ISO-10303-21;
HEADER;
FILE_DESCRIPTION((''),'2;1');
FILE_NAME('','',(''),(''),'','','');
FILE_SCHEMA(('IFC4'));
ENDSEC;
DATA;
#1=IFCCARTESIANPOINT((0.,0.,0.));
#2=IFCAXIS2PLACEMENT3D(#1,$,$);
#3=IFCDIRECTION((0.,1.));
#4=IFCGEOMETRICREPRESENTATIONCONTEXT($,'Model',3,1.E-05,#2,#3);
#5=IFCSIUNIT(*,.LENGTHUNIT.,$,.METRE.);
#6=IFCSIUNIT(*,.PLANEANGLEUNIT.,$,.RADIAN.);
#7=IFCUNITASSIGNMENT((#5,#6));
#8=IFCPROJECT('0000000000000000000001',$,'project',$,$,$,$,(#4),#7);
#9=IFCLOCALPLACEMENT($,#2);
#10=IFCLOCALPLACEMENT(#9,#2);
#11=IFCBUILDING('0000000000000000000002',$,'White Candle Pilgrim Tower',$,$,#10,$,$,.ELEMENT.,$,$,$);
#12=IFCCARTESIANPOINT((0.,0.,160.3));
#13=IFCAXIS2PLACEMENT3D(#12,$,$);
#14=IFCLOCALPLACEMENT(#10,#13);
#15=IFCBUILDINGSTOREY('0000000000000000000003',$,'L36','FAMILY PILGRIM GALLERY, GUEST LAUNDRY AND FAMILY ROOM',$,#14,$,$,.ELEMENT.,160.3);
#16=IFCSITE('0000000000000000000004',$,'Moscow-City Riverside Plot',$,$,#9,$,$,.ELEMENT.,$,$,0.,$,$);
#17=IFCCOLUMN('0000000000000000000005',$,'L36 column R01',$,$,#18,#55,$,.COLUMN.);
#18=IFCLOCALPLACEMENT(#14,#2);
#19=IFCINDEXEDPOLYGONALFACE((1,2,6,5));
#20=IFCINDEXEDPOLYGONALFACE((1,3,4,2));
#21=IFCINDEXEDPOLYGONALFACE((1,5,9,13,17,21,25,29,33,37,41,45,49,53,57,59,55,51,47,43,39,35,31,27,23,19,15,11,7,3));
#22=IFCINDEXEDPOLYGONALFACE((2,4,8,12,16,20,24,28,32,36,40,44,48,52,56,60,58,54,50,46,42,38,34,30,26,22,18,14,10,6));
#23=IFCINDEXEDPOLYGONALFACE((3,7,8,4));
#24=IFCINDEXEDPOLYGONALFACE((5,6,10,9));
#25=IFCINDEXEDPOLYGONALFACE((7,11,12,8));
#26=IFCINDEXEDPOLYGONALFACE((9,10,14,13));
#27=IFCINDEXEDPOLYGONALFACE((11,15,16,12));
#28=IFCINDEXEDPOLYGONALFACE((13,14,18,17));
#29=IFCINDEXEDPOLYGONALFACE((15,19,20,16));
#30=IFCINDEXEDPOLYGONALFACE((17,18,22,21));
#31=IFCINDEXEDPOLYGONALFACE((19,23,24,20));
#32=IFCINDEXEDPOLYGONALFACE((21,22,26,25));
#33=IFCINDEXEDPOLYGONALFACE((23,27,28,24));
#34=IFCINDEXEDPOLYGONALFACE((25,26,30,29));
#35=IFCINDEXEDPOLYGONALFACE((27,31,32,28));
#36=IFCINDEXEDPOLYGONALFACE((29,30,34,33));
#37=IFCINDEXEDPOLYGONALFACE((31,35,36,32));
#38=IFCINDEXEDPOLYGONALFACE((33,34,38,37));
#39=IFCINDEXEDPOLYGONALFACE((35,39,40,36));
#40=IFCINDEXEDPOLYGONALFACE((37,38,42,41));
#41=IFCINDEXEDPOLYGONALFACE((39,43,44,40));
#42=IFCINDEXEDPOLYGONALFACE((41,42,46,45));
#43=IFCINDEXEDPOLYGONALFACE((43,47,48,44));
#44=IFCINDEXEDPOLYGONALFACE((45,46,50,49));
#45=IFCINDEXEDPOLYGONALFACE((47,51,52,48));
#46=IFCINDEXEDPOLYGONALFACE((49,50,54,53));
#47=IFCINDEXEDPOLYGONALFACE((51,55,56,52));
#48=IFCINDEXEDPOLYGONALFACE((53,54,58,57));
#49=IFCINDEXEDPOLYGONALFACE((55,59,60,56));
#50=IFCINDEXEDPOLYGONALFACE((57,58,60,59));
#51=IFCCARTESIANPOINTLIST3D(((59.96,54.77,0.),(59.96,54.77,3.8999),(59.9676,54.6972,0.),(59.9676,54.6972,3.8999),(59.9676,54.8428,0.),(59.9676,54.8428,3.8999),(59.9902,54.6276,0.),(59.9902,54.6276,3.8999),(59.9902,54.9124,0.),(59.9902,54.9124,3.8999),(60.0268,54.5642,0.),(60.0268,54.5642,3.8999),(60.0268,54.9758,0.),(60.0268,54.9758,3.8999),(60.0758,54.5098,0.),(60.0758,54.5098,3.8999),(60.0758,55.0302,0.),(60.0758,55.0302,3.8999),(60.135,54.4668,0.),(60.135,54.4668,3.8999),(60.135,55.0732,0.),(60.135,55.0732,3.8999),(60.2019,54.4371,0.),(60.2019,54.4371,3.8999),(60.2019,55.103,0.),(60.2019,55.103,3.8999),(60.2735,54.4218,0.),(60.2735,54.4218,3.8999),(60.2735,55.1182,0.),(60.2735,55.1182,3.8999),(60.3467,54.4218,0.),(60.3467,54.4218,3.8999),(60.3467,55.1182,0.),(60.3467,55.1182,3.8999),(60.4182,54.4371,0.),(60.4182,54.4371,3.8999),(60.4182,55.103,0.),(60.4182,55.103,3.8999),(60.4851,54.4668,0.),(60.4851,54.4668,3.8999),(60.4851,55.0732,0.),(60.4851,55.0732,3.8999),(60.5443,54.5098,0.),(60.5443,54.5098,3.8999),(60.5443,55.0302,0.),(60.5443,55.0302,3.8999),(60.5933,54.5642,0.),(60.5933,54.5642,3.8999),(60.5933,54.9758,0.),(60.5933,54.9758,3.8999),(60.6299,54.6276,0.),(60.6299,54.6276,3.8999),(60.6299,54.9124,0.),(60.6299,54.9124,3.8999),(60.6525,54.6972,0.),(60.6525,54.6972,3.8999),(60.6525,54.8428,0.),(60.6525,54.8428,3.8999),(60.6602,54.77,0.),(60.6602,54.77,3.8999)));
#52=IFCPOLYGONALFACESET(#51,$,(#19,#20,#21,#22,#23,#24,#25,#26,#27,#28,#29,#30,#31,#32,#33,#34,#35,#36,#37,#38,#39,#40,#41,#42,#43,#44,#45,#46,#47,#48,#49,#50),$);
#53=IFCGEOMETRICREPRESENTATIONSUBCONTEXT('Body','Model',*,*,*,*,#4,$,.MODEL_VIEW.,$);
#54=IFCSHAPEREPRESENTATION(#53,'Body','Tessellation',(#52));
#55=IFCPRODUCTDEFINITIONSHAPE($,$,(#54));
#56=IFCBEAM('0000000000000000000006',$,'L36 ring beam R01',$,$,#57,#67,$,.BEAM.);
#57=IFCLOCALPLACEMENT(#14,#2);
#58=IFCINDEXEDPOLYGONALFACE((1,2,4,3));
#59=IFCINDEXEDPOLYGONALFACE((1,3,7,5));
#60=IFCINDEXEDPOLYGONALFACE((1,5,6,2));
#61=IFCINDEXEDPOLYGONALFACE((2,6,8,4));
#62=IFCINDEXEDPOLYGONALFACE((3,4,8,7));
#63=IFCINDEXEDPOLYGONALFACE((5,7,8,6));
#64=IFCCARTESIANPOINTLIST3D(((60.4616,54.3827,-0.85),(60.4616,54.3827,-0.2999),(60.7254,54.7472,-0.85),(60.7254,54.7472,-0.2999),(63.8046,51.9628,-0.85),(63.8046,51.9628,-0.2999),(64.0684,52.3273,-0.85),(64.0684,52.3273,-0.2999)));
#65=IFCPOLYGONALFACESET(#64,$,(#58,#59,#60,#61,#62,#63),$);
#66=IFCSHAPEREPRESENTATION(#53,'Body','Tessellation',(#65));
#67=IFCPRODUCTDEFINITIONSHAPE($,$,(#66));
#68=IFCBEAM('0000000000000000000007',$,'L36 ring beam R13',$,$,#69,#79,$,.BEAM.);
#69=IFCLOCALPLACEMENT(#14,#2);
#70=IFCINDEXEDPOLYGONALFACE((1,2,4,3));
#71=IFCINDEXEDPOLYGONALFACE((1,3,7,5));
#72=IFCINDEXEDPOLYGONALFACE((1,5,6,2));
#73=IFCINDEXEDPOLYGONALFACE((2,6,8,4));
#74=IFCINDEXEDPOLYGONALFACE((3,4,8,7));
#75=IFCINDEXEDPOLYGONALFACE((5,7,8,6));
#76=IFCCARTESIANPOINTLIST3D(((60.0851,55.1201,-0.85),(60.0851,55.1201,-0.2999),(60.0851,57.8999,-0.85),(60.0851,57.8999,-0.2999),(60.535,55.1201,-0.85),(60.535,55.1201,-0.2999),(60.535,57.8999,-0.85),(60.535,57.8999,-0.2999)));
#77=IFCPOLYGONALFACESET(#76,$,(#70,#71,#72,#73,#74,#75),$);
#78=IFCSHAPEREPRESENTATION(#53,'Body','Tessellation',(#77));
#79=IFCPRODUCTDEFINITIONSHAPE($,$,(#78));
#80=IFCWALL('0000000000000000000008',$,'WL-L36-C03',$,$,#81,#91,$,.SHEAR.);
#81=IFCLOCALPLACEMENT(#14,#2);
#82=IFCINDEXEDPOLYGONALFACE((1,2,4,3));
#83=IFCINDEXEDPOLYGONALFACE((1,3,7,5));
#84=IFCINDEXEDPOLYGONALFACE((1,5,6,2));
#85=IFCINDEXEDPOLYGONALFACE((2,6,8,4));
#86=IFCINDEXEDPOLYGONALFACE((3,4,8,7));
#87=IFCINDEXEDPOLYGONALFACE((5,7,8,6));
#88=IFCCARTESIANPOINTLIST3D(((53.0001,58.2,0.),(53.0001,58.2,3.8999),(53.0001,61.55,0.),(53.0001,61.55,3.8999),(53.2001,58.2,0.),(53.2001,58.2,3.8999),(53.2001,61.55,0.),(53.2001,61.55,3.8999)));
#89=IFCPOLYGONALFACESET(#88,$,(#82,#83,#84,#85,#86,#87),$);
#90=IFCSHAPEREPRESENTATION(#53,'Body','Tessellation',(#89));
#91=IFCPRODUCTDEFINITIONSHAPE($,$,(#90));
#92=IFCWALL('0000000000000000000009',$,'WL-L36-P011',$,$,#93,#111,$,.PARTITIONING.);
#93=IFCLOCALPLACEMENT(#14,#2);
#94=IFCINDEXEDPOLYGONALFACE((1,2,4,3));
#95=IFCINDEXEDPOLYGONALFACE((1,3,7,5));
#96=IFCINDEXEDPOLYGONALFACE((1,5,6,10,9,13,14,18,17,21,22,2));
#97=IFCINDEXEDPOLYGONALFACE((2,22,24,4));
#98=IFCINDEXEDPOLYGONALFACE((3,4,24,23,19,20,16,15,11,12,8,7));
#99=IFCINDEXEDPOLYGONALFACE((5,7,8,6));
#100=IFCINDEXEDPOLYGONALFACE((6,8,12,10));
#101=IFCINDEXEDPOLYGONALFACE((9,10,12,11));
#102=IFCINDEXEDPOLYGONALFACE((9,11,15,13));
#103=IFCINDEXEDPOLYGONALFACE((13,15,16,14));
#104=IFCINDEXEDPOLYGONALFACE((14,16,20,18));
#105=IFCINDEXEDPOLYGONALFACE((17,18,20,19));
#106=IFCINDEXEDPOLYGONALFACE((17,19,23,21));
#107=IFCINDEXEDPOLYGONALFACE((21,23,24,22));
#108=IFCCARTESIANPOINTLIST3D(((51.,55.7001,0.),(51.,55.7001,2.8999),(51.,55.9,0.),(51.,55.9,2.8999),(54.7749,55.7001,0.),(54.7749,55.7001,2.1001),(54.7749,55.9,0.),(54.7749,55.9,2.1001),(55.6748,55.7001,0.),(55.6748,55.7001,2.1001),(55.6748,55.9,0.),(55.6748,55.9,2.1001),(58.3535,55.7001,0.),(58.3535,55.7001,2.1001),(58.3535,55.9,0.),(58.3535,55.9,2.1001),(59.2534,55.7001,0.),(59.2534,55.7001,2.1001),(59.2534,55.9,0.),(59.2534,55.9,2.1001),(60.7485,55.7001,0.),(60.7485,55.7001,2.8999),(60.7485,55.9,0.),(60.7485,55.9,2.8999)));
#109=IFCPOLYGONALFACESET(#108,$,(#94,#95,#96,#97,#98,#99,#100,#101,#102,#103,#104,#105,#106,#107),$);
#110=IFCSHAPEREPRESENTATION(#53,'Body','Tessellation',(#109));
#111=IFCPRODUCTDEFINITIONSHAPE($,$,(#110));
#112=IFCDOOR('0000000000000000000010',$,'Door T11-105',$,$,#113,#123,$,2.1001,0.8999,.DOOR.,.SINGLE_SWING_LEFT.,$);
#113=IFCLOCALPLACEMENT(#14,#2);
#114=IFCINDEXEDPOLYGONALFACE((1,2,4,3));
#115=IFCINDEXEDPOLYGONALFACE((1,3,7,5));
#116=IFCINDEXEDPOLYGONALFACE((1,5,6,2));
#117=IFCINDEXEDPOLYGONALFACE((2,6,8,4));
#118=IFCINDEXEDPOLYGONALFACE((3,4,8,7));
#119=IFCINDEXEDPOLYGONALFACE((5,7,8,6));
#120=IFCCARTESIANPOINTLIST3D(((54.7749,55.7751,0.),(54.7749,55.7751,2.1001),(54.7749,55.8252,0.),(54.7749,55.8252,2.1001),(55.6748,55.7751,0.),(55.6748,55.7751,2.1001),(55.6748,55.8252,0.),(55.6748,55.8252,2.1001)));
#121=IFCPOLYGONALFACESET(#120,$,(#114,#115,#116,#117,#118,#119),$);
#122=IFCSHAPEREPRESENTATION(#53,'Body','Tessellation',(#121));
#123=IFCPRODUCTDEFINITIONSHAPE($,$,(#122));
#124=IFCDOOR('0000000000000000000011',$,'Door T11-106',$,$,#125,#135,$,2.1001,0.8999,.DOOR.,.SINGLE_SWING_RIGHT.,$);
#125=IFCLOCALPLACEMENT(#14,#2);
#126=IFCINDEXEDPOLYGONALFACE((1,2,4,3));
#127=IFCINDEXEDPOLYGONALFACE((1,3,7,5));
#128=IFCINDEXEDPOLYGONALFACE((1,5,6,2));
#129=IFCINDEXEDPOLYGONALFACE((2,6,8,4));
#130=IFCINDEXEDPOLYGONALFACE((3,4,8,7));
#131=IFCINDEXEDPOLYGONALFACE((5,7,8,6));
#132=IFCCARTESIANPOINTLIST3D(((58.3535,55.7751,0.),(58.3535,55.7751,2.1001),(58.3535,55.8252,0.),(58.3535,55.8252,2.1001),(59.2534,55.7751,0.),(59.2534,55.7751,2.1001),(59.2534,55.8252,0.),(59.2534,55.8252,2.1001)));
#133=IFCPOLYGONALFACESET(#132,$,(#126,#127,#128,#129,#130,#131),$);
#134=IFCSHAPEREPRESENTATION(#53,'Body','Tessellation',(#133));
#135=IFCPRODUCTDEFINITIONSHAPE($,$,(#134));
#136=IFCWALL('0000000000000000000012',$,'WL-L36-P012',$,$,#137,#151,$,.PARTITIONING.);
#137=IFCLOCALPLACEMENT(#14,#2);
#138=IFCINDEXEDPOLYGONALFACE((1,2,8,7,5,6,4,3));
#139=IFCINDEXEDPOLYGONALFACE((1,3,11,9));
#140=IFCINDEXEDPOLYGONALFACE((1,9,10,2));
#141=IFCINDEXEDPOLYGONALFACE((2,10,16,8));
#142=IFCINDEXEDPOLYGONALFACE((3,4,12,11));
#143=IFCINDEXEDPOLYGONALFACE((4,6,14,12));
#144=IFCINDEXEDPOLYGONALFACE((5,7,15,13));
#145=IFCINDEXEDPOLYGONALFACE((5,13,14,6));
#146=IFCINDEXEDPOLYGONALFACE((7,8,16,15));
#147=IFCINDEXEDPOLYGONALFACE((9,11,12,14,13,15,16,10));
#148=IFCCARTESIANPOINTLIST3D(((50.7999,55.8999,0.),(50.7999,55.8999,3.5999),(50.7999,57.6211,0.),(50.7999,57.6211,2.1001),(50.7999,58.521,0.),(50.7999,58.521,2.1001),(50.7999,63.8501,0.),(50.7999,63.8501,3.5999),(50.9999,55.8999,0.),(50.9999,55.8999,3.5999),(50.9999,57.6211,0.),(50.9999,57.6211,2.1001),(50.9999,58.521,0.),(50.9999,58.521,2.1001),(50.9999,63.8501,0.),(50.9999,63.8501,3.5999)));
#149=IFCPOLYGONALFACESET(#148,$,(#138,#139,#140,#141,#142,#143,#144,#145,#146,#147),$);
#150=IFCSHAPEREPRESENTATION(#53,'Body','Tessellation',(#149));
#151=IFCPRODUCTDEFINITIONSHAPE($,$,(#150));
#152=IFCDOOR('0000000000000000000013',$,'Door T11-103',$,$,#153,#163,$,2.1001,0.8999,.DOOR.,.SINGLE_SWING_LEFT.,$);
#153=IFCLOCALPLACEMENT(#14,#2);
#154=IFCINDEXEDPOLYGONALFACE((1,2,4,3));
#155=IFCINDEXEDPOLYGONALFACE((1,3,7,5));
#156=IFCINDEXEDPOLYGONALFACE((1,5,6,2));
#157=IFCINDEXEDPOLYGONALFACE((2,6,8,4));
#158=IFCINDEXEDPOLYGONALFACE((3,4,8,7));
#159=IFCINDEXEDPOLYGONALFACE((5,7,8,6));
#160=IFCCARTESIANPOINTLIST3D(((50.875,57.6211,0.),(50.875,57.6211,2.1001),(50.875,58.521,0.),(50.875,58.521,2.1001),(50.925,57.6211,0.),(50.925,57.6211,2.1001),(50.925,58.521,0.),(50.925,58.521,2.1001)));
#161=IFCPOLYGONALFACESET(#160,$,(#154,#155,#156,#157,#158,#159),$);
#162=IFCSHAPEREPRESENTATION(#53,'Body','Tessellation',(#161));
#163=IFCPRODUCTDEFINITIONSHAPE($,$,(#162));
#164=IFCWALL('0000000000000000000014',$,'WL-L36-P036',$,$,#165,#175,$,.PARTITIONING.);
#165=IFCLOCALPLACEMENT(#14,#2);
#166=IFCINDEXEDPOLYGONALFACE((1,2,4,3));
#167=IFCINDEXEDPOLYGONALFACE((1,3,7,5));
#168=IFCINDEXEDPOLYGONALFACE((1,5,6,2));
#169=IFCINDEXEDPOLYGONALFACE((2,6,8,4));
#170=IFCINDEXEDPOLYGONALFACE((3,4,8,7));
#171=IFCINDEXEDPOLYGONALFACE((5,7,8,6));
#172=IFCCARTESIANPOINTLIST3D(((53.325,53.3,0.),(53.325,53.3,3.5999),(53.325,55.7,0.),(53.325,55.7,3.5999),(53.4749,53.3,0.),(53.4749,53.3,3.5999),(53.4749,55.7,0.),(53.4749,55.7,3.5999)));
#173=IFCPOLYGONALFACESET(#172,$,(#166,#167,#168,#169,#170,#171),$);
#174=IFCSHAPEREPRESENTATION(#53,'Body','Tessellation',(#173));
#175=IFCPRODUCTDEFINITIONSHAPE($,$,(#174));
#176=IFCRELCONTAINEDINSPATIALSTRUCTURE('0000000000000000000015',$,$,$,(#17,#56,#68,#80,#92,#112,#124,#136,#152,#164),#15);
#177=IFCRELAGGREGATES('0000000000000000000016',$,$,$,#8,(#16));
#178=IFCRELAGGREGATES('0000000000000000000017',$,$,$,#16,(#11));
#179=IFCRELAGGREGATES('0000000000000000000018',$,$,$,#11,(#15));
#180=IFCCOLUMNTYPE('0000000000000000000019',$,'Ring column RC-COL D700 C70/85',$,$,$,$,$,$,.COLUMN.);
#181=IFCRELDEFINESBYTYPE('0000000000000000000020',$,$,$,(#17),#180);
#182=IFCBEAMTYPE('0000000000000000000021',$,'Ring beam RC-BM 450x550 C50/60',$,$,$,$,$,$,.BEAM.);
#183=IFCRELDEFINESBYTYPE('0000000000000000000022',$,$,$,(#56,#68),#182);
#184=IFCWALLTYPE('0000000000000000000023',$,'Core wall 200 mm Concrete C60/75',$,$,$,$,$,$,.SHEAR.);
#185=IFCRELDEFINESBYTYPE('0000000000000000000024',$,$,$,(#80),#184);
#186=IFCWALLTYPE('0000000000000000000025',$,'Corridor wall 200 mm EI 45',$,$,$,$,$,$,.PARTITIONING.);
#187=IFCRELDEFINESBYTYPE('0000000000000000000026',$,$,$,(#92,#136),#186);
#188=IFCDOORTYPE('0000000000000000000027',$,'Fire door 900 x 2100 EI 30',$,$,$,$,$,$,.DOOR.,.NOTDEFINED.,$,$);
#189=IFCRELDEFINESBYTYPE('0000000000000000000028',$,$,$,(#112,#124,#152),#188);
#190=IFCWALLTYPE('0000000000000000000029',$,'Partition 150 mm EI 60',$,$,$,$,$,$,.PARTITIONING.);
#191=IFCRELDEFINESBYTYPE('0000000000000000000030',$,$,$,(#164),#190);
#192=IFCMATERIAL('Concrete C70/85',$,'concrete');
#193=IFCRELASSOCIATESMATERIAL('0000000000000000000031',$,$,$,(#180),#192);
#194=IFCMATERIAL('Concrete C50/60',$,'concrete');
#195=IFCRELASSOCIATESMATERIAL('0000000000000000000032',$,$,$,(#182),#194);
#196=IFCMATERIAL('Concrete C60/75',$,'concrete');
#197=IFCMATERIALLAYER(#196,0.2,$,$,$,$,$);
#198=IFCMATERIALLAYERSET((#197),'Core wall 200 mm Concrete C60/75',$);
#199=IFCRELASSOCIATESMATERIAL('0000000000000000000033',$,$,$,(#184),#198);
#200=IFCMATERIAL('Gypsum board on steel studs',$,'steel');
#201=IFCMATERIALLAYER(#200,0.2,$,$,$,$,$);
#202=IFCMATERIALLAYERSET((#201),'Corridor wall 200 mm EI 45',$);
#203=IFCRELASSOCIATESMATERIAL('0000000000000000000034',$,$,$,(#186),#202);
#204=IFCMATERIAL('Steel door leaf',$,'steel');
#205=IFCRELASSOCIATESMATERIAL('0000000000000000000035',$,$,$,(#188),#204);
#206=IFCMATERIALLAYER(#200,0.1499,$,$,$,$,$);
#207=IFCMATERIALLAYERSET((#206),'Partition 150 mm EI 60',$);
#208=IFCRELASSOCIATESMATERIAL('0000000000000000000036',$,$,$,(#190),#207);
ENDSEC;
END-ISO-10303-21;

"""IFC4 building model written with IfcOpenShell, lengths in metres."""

from ifc_helpers import new_model, si_unit, direction, frame, frame_2d, origin, origin_2d, place, context, subcontext, project, spatial, rectangle, circle, extrude, material, layer, layer_set, material_profile, profile_set, type_object, element, fill, save


model = new_model("IFC4")

# Units and contexts
model_context = context("Model", 3, precision=1e-05, world=origin(), true_north=direction((0.0, 1.0)))
body_context = subcontext(model_context, "Body", "Model", "MODEL_VIEW")
ifc_project = project(units=[si_unit("LENGTHUNIT", "METRE"), si_unit("PLANEANGLEUNIT", "RADIAN")], contexts=[model_context])

# Site, building, storey
site_placement = place(None, origin())
site = spatial("IfcSite", under=ifc_project, at=site_placement, Name="Moscow-City Riverside Plot", CompositionType="ELEMENT", RefElevation=0.0)
building_placement = place(site_placement, origin())
building = spatial("IfcBuilding", under=site, at=building_placement, Name="White Candle Pilgrim Tower", CompositionType="ELEMENT")
storey_placement = place(building_placement, frame((0.0, 0.0, 160.3)))
storey = spatial("IfcBuildingStorey", under=building, at=storey_placement, Name="L36", Description="FAMILY PILGRIM GALLERY, GUEST LAUNDRY AND FAMILY ROOM", CompositionType="ELEMENT", Elevation=160.3)

# Column
ifc_material_1 = material(Name="Concrete C70/85", Category="concrete")
ifc_material_profile_1 = material_profile(ifc_material_1, circle(Radius=0.3501, at=origin_2d()), Name="RC-COL D700")
ifc_profile_set_1 = profile_set([ifc_material_profile_1], Name="Concrete C70/85")
column_type = type_object("IfcColumnType", Name="Ring column RC-COL D700 C70/85", PredefinedType="COLUMN", material=ifc_profile_set_1)
column_placement = place(storey_placement, frame((60.3101, 54.77, 0.0), z_axis=(0.0, 0.0, 1.0), x_axis=(1.0, 0.0, 0.0)))
element("IfcColumn", 1, at=column_placement, inside=storey, type_object=column_type, Name="L36 column R01", PredefinedType="COLUMN", context=body_context, shape_type="SweptSolid", body=[
    extrude(circle(Radius=0.3501, at=origin_2d()), origin(), (0.0, 0.0, 1.0), 3.8999),
])

# Beams
ifc_material_2 = material(Name="Concrete C50/60", Category="concrete")
ifc_material_profile_2 = material_profile(ifc_material_2, rectangle(XDim=0.45, YDim=0.55, at=origin_2d()), Name="RC-BM 450x550")
ifc_profile_set_2 = profile_set([ifc_material_profile_2], Name="Concrete C50/60")
beam_type = type_object("IfcBeamType", Name="Ring beam RC-BM 450x550 C50/60", PredefinedType="BEAM", material=ifc_profile_set_2)
beam_1_placement = place(storey_placement, frame((60.5935, 54.5649, -0.575), z_axis=(0.810044, -0.586369, 0.0), x_axis=(0.586369, 0.810044, 0.0)))
element("IfcBeam", 2, at=beam_1_placement, inside=storey, type_object=beam_type, Name="L36 ring beam R01", PredefinedType="BEAM", context=body_context, shape_type="SweptSolid", body=[
    extrude(rectangle(XDim=0.45, YDim=0.55, at=origin_2d()), origin(), (0.0, 0.0, 1.0), 4.127),
])
beam_2_placement = place(storey_placement, frame((60.3101, 55.1201, -0.575), z_axis=(0.0, 1.0, 0.0), x_axis=(-1.0, 0.0, 0.0)))
element("IfcBeam", 3, at=beam_2_placement, inside=storey, type_object=beam_type, Name="L36 ring beam R13", PredefinedType="BEAM", context=body_context, shape_type="SweptSolid", body=[
    extrude(rectangle(XDim=0.45, YDim=0.55, at=origin_2d()), origin(), (0.0, 0.0, 1.0), 2.7798),
])

# Wall
ifc_material_3 = material(Name="Concrete C60/75", Category="concrete")
ifc_layer_1 = layer(ifc_material_3, 0.2)
ifc_layer_set_1 = layer_set([ifc_layer_1], Name="Core wall 200 mm Concrete C60/75")
wall_type_1 = type_object("IfcWallType", Name="Core wall 200 mm Concrete C60/75", PredefinedType="SHEAR", material=ifc_layer_set_1)
wall_1_placement = place(storey_placement, frame((53.1001, 58.2, 0.0), z_axis=(0.0, 0.0, 1.0), x_axis=(0.0, 1.0, 0.0)))
element("IfcWall", 4, at=wall_1_placement, inside=storey, type_object=wall_type_1, Name="WL-L36-C03", PredefinedType="SHEAR", context=body_context, shape_type="SweptSolid", body=[
    extrude(rectangle(XDim=3.3501, YDim=0.2, at=frame_2d((1.675, 0.0))), origin(), (0.0, 0.0, 1.0), 3.8999),
])

# Wall, openings, doors
ifc_material_4 = material(Name="Gypsum board on steel studs", Category="steel")
ifc_layer_2 = layer(ifc_material_4, 0.2)
ifc_layer_set_2 = layer_set([ifc_layer_2], Name="Corridor wall 200 mm EI 45")
wall_type_2 = type_object("IfcWallType", Name="Corridor wall 200 mm EI 45", PredefinedType="PARTITIONING", material=ifc_layer_set_2)
wall_2_placement = place(storey_placement, frame((60.7485, 55.8, 0.0), z_axis=(0.0, 0.0, 1.0), x_axis=(-1.0, 0.0, 0.0)))
wall_2 = element("IfcWall", 5, at=wall_2_placement, inside=storey, type_object=wall_type_2, Name="WL-L36-P011", PredefinedType="PARTITIONING", context=body_context, shape_type="SweptSolid", body=[
    extrude(rectangle(XDim=9.7485, YDim=0.2, at=frame_2d((4.8743, 0.0))), origin(), (0.0, 0.0, 1.0), 2.8999),
])
opening_1_placement = place(wall_2_placement, frame((5.0737, 0.0, 0.0)))
opening_1 = element("IfcOpeningElement", 6, at=opening_1_placement, cuts=wall_2, PredefinedType="OPENING", context=body_context, shape_type="SweptSolid", body=[
    extrude(rectangle(XDim=0.8999, YDim=2.1001, at=frame_2d((0.45, 1.05))), frame((0.0, 0.1099, 0.0), z_axis=(0.0, -1.0, 0.0), x_axis=(1.0, 0.0, 0.0)), (0.0, 0.0, 1.0), 0.22),
])
opening_2_placement = place(wall_2_placement, frame((1.4951, 0.0, 0.0)))
opening_2 = element("IfcOpeningElement", 7, at=opening_2_placement, cuts=wall_2, PredefinedType="OPENING", context=body_context, shape_type="SweptSolid", body=[
    extrude(rectangle(XDim=0.8999, YDim=2.1001, at=frame_2d((0.45, 1.05))), frame((0.0, 0.1099, 0.0), z_axis=(0.0, -1.0, 0.0), x_axis=(1.0, 0.0, 0.0)), (0.0, 0.0, 1.0), 0.22),
])
ifc_material_5 = material(Name="Steel door leaf", Category="steel")
door_type_1 = type_object("IfcDoorType", Name="Fire door 900 x 2100 EI 30", OperationType="NOTDEFINED", PredefinedType="DOOR", material=ifc_material_5)
door_1_placement = place(opening_1_placement, origin())
door_1 = element("IfcDoor", 8, at=door_1_placement, inside=storey, type_object=door_type_1, Name="Door T11-105", OperationType="SINGLE_SWING_LEFT", OverallHeight=2.1001, OverallWidth=0.8999, PredefinedType="DOOR", context=body_context, shape_type="SweptSolid", body=[
    extrude(rectangle(XDim=0.8999, YDim=2.1001, at=frame_2d((0.45, 1.05))), frame((0.0, 0.0249, 0.0), z_axis=(0.0, -1.0, 0.0), x_axis=(1.0, 0.0, 0.0)), (0.0, 0.0, 1.0), 0.05),
])
fill(opening_1, door_1)
door_2_placement = place(opening_2_placement, origin())
door_2 = element("IfcDoor", 9, at=door_2_placement, inside=storey, type_object=door_type_1, Name="Door T11-106", OperationType="SINGLE_SWING_RIGHT", OverallHeight=2.1001, OverallWidth=0.8999, PredefinedType="DOOR", context=body_context, shape_type="SweptSolid", body=[
    extrude(rectangle(XDim=0.8999, YDim=2.1001, at=frame_2d((0.45, 1.05))), frame((0.0, 0.0249, 0.0), z_axis=(0.0, -1.0, 0.0), x_axis=(1.0, 0.0, 0.0)), (0.0, 0.0, 1.0), 0.05),
])
fill(opening_2, door_2)

# Wall, opening, door
wall_3_placement = place(storey_placement, frame((50.8999, 55.8999, 0.0), z_axis=(0.0, 0.0, 1.0), x_axis=(0.0, 1.0, 0.0)))
wall_3 = element("IfcWall", 10, at=wall_3_placement, inside=storey, type_object=wall_type_2, Name="WL-L36-P012", PredefinedType="PARTITIONING", context=body_context, shape_type="SweptSolid", body=[
    extrude(rectangle(XDim=7.9502, YDim=0.2, at=frame_2d((3.9751, 0.0))), origin(), (0.0, 0.0, 1.0), 3.5999),
])
opening_3_placement = place(wall_3_placement, frame((1.7212, 0.0, 0.0)))
opening_3 = element("IfcOpeningElement", 11, at=opening_3_placement, cuts=wall_3, PredefinedType="OPENING", context=body_context, shape_type="SweptSolid", body=[
    extrude(rectangle(XDim=0.8999, YDim=2.1001, at=frame_2d((0.45, 1.05))), frame((0.0, 0.1099, 0.0), z_axis=(0.0, -1.0, 0.0), x_axis=(1.0, 0.0, 0.0)), (0.0, 0.0, 1.0), 0.22),
])
door_3_placement = place(opening_3_placement, origin())
door_3 = element("IfcDoor", 12, at=door_3_placement, inside=storey, type_object=door_type_1, Name="Door T11-103", OperationType="SINGLE_SWING_LEFT", OverallHeight=2.1001, OverallWidth=0.8999, PredefinedType="DOOR", context=body_context, shape_type="SweptSolid", body=[
    extrude(rectangle(XDim=0.8999, YDim=2.1001, at=frame_2d((0.45, 1.05))), frame((0.0, 0.0249, 0.0), z_axis=(0.0, -1.0, 0.0), x_axis=(1.0, 0.0, 0.0)), (0.0, 0.0, 1.0), 0.05),
])
fill(opening_3, door_3)

# Wall
ifc_layer_3 = layer(ifc_material_4, 0.1499)
ifc_layer_set_3 = layer_set([ifc_layer_3], Name="Partition 150 mm EI 60")
wall_type_3 = type_object("IfcWallType", Name="Partition 150 mm EI 60", PredefinedType="PARTITIONING", material=ifc_layer_set_3)
wall_4_placement = place(storey_placement, frame((53.3999, 55.7, 0.0), z_axis=(0.0, 0.0, 1.0), x_axis=(0.0, -1.0, 0.0)))
element("IfcWall", 13, at=wall_4_placement, inside=storey, type_object=wall_type_3, Name="WL-L36-P036", PredefinedType="PARTITIONING", context=body_context, shape_type="SweptSolid", body=[
    extrude(rectangle(XDim=2.3999, YDim=0.1499, at=frame_2d((1.2, 0.0))), origin(), (0.0, 0.0, 1.0), 3.5999),
])

save(model, "model.ifc")
